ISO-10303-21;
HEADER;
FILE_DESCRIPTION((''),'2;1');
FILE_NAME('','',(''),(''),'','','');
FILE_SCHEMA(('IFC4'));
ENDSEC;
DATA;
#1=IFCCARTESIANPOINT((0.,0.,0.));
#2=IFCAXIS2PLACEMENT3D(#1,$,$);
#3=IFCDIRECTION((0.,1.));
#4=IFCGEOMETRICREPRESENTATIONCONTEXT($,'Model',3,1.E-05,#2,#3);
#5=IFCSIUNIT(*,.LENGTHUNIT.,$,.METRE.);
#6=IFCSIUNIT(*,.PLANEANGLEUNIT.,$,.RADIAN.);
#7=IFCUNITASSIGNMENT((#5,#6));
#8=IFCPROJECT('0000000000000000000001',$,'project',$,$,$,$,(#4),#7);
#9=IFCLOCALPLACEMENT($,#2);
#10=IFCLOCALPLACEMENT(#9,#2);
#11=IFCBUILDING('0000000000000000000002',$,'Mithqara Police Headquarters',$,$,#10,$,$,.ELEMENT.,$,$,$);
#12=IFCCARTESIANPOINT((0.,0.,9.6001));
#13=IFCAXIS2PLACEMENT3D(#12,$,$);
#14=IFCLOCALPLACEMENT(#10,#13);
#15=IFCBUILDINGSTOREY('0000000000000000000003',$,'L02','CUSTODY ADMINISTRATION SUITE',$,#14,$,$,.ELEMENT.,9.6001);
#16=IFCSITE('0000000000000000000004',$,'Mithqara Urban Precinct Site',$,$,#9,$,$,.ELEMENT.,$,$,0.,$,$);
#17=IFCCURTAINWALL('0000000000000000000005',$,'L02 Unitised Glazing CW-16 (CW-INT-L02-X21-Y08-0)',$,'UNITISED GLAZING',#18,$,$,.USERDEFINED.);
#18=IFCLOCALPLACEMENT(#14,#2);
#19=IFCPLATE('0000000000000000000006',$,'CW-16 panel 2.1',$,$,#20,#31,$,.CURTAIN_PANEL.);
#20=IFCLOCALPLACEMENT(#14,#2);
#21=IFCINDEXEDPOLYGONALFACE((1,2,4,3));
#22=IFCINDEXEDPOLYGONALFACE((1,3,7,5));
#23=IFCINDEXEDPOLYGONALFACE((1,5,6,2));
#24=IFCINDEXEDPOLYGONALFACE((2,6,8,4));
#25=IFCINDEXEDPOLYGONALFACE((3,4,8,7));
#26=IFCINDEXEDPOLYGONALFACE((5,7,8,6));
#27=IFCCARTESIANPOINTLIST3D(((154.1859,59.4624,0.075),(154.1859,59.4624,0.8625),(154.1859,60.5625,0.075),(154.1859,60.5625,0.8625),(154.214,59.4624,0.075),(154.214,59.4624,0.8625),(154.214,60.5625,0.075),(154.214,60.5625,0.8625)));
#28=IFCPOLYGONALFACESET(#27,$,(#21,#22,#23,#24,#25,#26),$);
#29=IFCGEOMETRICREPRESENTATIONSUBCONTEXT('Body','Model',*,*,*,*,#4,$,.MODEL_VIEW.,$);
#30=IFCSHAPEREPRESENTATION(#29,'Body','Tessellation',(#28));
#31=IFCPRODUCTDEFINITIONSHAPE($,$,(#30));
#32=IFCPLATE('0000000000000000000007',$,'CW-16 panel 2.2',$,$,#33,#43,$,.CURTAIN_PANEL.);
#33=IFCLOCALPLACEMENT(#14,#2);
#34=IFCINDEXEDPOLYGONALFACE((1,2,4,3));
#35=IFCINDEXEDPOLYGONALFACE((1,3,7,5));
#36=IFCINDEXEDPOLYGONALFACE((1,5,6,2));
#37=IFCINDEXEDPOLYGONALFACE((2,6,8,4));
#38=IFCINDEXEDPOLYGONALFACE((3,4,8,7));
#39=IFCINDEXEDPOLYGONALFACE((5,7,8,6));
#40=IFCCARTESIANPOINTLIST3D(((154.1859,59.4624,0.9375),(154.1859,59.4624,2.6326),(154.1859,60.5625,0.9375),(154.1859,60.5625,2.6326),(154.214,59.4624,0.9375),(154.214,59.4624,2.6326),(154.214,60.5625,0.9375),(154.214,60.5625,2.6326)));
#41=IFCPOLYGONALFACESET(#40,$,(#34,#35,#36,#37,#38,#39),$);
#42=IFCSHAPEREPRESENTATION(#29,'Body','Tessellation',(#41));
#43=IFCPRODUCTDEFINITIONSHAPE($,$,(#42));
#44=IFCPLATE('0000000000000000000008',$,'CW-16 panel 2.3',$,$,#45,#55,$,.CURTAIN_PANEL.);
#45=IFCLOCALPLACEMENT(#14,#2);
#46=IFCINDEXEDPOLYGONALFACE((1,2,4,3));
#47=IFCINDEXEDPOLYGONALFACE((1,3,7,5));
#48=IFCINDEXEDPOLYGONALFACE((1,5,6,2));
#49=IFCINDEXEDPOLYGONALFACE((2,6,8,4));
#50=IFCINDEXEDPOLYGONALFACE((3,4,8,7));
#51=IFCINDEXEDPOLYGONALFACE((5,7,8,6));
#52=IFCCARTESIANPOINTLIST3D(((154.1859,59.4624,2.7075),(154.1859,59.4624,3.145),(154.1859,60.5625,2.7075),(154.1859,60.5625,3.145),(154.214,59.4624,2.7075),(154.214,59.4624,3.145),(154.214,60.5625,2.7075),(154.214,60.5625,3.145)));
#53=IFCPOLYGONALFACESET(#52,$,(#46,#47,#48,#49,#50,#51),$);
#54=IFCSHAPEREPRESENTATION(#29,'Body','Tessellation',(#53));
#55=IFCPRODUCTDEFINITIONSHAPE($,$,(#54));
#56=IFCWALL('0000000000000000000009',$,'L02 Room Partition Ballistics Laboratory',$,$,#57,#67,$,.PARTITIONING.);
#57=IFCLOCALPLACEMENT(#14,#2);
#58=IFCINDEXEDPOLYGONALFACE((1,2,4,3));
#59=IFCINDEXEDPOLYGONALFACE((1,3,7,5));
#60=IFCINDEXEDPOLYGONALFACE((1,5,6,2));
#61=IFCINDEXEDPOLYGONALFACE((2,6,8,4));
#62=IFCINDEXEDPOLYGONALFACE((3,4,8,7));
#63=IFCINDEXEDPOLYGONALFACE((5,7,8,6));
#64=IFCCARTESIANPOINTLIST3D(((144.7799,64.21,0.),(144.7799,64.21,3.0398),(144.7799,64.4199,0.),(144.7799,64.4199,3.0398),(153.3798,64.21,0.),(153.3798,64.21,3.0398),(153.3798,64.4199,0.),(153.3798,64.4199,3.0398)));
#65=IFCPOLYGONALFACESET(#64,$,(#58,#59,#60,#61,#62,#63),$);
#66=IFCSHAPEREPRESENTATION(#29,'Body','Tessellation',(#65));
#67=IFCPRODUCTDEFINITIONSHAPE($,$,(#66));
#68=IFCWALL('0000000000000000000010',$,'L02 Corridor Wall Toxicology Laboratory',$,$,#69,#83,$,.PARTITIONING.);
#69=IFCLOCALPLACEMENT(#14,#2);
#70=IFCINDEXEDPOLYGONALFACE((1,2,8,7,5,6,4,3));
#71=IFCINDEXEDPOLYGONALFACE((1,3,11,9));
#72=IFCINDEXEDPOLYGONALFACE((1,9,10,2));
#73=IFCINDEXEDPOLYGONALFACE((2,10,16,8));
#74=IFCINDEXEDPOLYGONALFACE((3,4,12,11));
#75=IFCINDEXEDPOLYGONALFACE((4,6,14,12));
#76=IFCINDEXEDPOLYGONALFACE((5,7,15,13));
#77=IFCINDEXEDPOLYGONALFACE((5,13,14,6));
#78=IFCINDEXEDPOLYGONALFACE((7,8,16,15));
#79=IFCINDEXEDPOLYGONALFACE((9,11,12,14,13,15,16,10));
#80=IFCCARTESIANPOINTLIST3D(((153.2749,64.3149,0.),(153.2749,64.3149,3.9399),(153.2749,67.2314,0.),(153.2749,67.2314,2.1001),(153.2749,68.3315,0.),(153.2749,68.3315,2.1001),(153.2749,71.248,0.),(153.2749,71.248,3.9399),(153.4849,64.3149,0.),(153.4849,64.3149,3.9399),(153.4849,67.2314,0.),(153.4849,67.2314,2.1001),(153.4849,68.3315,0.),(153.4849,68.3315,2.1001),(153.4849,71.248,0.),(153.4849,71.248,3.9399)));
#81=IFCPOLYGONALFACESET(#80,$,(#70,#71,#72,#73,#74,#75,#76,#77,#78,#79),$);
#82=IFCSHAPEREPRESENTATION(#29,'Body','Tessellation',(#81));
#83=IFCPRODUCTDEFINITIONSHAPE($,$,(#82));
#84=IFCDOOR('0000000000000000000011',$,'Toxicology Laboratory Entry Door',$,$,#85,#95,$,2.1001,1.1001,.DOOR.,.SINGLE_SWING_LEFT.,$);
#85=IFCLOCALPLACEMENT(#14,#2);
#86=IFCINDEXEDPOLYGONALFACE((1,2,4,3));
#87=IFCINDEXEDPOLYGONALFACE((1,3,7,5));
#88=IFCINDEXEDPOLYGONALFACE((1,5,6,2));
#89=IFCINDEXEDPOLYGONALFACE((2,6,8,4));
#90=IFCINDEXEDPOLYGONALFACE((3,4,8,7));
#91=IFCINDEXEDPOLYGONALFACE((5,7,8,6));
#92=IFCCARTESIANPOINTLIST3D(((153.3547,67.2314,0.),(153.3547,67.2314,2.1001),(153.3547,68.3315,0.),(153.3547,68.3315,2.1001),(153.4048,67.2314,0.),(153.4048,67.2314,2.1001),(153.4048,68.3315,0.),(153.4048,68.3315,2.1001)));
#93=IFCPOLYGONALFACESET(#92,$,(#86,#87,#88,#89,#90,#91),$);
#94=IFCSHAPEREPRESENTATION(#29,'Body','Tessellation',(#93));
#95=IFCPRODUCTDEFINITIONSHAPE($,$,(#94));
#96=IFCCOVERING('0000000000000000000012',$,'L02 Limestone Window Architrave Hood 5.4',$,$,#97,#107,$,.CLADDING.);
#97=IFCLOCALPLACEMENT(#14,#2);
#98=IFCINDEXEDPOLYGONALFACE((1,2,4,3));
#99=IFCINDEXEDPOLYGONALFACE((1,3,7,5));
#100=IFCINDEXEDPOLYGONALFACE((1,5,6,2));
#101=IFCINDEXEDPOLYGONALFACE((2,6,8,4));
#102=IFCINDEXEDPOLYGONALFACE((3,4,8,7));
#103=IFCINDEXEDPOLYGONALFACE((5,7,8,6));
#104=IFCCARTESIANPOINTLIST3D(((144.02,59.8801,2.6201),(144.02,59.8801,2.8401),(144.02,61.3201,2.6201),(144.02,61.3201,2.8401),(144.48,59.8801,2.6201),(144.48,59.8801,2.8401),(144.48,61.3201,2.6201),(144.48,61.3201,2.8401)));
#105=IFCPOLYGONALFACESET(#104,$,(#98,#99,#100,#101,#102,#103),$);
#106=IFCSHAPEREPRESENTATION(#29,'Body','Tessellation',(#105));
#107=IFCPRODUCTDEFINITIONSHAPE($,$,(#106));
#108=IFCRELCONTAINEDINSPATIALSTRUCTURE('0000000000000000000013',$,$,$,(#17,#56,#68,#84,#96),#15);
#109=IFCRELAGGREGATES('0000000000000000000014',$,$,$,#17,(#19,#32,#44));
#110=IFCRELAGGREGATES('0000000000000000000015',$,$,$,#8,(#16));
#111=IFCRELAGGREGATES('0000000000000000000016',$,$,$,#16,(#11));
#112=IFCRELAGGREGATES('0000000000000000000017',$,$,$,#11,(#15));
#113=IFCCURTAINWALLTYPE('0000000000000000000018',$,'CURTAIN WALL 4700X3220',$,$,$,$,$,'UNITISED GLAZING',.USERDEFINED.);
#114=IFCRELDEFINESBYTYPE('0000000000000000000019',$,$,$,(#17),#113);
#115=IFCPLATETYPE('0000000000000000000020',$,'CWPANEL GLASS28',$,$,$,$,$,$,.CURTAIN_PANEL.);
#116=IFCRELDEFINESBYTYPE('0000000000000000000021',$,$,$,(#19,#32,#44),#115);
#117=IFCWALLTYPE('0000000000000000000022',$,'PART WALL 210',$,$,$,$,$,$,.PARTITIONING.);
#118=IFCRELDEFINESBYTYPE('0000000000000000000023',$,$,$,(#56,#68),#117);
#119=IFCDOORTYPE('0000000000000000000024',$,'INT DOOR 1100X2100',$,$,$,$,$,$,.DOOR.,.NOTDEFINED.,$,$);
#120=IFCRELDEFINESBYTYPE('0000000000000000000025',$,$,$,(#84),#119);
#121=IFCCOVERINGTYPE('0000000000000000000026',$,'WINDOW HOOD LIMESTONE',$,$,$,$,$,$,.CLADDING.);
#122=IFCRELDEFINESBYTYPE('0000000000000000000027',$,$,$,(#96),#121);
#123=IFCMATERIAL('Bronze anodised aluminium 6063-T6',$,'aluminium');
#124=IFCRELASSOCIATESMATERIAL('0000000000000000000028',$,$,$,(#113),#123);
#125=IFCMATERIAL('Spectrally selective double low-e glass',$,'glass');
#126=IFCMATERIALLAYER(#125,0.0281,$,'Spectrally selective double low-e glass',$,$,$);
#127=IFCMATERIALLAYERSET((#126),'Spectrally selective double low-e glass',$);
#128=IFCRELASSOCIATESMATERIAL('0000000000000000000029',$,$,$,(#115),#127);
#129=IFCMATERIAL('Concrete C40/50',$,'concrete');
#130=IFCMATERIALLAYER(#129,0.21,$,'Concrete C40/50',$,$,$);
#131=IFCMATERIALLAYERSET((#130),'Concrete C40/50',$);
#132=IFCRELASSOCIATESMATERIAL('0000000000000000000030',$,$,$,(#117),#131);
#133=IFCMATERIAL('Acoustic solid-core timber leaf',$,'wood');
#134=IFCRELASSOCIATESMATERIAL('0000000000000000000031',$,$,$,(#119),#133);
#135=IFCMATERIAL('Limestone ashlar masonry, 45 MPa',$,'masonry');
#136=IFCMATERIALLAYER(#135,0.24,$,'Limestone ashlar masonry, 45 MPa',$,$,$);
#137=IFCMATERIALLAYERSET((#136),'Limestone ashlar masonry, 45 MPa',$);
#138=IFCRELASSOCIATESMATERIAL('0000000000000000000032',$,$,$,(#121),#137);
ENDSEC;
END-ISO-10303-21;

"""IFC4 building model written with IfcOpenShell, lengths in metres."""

from ifc_helpers import new_model, si_unit, direction, frame, frame_2d, origin, origin_2d, place, context, subcontext, project, spatial, rectangle, extrude, material, layer, layer_set, type_object, element, fill, aggregate, save


model = new_model("IFC4")

# Units and contexts
model_context = context("Model", 3, precision=1e-05, world=origin(), true_north=direction((0.0, 1.0)))
body_context = subcontext(model_context, "Body", "Model", "MODEL_VIEW")
ifc_project = project(units=[si_unit("LENGTHUNIT", "METRE"), si_unit("PLANEANGLEUNIT", "RADIAN")], contexts=[model_context])

# Site, building, storey
site_placement = place(None, origin())
site = spatial("IfcSite", under=ifc_project, at=site_placement, Name="Mithqara Urban Precinct Site", CompositionType="ELEMENT", RefElevation=0.0)
building_placement = place(site_placement, origin())
building = spatial("IfcBuilding", under=site, at=building_placement, Name="Mithqara Police Headquarters", CompositionType="ELEMENT")
storey_placement = place(building_placement, frame((0.0, 0.0, 9.6001)))
storey = spatial("IfcBuildingStorey", under=building, at=storey_placement, Name="L02", Description="CUSTODY ADMINISTRATION SUITE", CompositionType="ELEMENT", Elevation=9.6001)

# Shared definitions
ifc_material_1 = material(Name="Concrete C40/50", Category="concrete")

# Curtain wall, plates
ifc_material_2 = material(Name="Bronze anodised aluminium 6063-T6", Category="aluminium")
curtain_wall_type = type_object("IfcCurtainWallType", Name="CURTAIN WALL 4700X3220", ElementType="UNITISED GLAZING", PredefinedType="USERDEFINED", material=ifc_material_2)
curtain_wall_placement = place(storey_placement, origin())
curtain_wall = element("IfcCurtainWall", 1, at=curtain_wall_placement, inside=storey, type_object=curtain_wall_type, Name="L02 Unitised Glazing CW-16 (CW-INT-L02-X21-Y08-0)", ObjectType="UNITISED GLAZING", PredefinedType="USERDEFINED")
ifc_material_3 = material(Name="Spectrally selective double low-e glass", Category="glass")
ifc_layer_1 = layer(ifc_material_3, 0.0281, Name="Spectrally selective double low-e glass")
ifc_layer_set_1 = layer_set([ifc_layer_1], Name="Spectrally selective double low-e glass")
plate_type = type_object("IfcPlateType", Name="CWPANEL GLASS28", PredefinedType="CURTAIN_PANEL", material=ifc_layer_set_1)
plate_1_placement = place(storey_placement, frame((154.2, 60.0125, 0.075), z_axis=(0.0, 0.0, 1.0), x_axis=(0.0, 1.0, 0.0)))
plate_1 = element("IfcPlate", 2, at=plate_1_placement, type_object=plate_type, Name="CW-16 panel 2.1", PredefinedType="CURTAIN_PANEL", context=body_context, shape_type="SweptSolid", body=[
    extrude(rectangle(XDim=1.1001, YDim=0.0281, at=origin_2d()), origin(), (0.0, 0.0, 1.0), 0.7876),
])
plate_2_placement = place(storey_placement, frame((154.2, 60.0125, 0.9375), z_axis=(0.0, 0.0, 1.0), x_axis=(0.0, 1.0, 0.0)))
plate_2 = element("IfcPlate", 3, at=plate_2_placement, type_object=plate_type, Name="CW-16 panel 2.2", PredefinedType="CURTAIN_PANEL", context=body_context, shape_type="SweptSolid", body=[
    extrude(rectangle(XDim=1.1001, YDim=0.0281, at=origin_2d()), origin(), (0.0, 0.0, 1.0), 1.6951),
])
plate_3_placement = place(storey_placement, frame((154.2, 60.0125, 2.7075), z_axis=(0.0, 0.0, 1.0), x_axis=(0.0, 1.0, 0.0)))
plate_3 = element("IfcPlate", 4, at=plate_3_placement, type_object=plate_type, Name="CW-16 panel 2.3", PredefinedType="CURTAIN_PANEL", context=body_context, shape_type="SweptSolid", body=[
    extrude(rectangle(XDim=1.1001, YDim=0.0281, at=origin_2d()), origin(), (0.0, 0.0, 1.0), 0.4375),
])
aggregate(curtain_wall, [plate_1, plate_2, plate_3])

# Wall
ifc_layer_2 = layer(ifc_material_1, 0.21, Name="Concrete C40/50")
ifc_layer_set_2 = layer_set([ifc_layer_2], Name="Concrete C40/50")
wall_type = type_object("IfcWallType", Name="PART WALL 210", PredefinedType="PARTITIONING", material=ifc_layer_set_2)
wall_1_placement = place(storey_placement, frame((144.78, 64.3149, 0.0), z_axis=(0.0, 0.0, 1.0), x_axis=(1.0, 0.0, 0.0)))
element("IfcWall", 5, at=wall_1_placement, inside=storey, type_object=wall_type, Name="L02 Room Partition Ballistics Laboratory", PredefinedType="PARTITIONING", context=body_context, shape_type="SweptSolid", body=[
    extrude(rectangle(XDim=8.5999, YDim=0.21, at=frame_2d((4.2998, 0.0))), origin(), (0.0, 0.0, 1.0), 3.0398),
])

# Wall, opening, door
wall_2_placement = place(storey_placement, frame((153.3799, 64.3149, 0.0), z_axis=(0.0, 0.0, 1.0), x_axis=(0.0, 1.0, 0.0)))
wall_2 = element("IfcWall", 6, at=wall_2_placement, inside=storey, type_object=wall_type, Name="L02 Corridor Wall Toxicology Laboratory", PredefinedType="PARTITIONING", context=body_context, shape_type="SweptSolid", body=[
    extrude(rectangle(XDim=6.9331, YDim=0.21, at=frame_2d((3.4666, 0.0))), origin(), (0.0, 0.0, 1.0), 3.9399),
])
opening_placement = place(wall_2_placement, frame((2.9165, 0.0, 0.0)))
opening = element("IfcOpeningElement", 7, at=opening_placement, cuts=wall_2, PredefinedType="OPENING", context=body_context, shape_type="SweptSolid", body=[
    extrude(rectangle(XDim=1.1001, YDim=2.1001, at=frame_2d((0.55, 1.05))), frame((0.0, 0.115, 0.0), z_axis=(0.0, -1.0, 0.0), x_axis=(1.0, 0.0, 0.0)), (0.0, 0.0, 1.0), 0.23),
])
ifc_material_4 = material(Name="Acoustic solid-core timber leaf", Category="wood")
door_type = type_object("IfcDoorType", Name="INT DOOR 1100X2100", OperationType="NOTDEFINED", PredefinedType="DOOR", material=ifc_material_4)
door_placement = place(opening_placement, frame((1.1001, 0.0, 0.0), z_axis=(0.0, 0.0, 1.0), x_axis=(-1.0, 0.0, 0.0)))
door = element("IfcDoor", 8, at=door_placement, inside=storey, type_object=door_type, Name="Toxicology Laboratory Entry Door", OperationType="SINGLE_SWING_LEFT", OverallHeight=2.1001, OverallWidth=1.1001, PredefinedType="DOOR", context=body_context, shape_type="SweptSolid", body=[
    extrude(rectangle(XDim=1.1001, YDim=2.1001, at=frame_2d((0.55, 1.05))), frame((0.0, 0.0249, 0.0), z_axis=(0.0, -1.0, 0.0), x_axis=(1.0, 0.0, 0.0)), (0.0, 0.0, 1.0), 0.05),
])
fill(opening, door)

# Covering
ifc_material_5 = material(Name="Limestone ashlar masonry, 45 MPa", Category="masonry")
ifc_layer_3 = layer(ifc_material_5, 0.24, Name="Limestone ashlar masonry, 45 MPa")
ifc_layer_set_3 = layer_set([ifc_layer_3], Name="Limestone ashlar masonry, 45 MPa")
covering_type = type_object("IfcCoveringType", Name="WINDOW HOOD LIMESTONE", PredefinedType="CLADDING", material=ifc_layer_set_3)
covering_placement = place(storey_placement, frame((144.25, 60.6001, 2.6201), z_axis=(0.0, 0.0, 1.0), x_axis=(0.0, 1.0, 0.0)))
element("IfcCovering", 9, at=covering_placement, inside=storey, type_object=covering_type, Name="L02 Limestone Window Architrave Hood 5.4", PredefinedType="CLADDING", context=body_context, shape_type="SweptSolid", body=[
    extrude(rectangle(XDim=1.4399, YDim=0.46, at=origin_2d()), origin(), (0.0, 0.0, 1.0), 0.22),
])

save(model, "model.ifc")
